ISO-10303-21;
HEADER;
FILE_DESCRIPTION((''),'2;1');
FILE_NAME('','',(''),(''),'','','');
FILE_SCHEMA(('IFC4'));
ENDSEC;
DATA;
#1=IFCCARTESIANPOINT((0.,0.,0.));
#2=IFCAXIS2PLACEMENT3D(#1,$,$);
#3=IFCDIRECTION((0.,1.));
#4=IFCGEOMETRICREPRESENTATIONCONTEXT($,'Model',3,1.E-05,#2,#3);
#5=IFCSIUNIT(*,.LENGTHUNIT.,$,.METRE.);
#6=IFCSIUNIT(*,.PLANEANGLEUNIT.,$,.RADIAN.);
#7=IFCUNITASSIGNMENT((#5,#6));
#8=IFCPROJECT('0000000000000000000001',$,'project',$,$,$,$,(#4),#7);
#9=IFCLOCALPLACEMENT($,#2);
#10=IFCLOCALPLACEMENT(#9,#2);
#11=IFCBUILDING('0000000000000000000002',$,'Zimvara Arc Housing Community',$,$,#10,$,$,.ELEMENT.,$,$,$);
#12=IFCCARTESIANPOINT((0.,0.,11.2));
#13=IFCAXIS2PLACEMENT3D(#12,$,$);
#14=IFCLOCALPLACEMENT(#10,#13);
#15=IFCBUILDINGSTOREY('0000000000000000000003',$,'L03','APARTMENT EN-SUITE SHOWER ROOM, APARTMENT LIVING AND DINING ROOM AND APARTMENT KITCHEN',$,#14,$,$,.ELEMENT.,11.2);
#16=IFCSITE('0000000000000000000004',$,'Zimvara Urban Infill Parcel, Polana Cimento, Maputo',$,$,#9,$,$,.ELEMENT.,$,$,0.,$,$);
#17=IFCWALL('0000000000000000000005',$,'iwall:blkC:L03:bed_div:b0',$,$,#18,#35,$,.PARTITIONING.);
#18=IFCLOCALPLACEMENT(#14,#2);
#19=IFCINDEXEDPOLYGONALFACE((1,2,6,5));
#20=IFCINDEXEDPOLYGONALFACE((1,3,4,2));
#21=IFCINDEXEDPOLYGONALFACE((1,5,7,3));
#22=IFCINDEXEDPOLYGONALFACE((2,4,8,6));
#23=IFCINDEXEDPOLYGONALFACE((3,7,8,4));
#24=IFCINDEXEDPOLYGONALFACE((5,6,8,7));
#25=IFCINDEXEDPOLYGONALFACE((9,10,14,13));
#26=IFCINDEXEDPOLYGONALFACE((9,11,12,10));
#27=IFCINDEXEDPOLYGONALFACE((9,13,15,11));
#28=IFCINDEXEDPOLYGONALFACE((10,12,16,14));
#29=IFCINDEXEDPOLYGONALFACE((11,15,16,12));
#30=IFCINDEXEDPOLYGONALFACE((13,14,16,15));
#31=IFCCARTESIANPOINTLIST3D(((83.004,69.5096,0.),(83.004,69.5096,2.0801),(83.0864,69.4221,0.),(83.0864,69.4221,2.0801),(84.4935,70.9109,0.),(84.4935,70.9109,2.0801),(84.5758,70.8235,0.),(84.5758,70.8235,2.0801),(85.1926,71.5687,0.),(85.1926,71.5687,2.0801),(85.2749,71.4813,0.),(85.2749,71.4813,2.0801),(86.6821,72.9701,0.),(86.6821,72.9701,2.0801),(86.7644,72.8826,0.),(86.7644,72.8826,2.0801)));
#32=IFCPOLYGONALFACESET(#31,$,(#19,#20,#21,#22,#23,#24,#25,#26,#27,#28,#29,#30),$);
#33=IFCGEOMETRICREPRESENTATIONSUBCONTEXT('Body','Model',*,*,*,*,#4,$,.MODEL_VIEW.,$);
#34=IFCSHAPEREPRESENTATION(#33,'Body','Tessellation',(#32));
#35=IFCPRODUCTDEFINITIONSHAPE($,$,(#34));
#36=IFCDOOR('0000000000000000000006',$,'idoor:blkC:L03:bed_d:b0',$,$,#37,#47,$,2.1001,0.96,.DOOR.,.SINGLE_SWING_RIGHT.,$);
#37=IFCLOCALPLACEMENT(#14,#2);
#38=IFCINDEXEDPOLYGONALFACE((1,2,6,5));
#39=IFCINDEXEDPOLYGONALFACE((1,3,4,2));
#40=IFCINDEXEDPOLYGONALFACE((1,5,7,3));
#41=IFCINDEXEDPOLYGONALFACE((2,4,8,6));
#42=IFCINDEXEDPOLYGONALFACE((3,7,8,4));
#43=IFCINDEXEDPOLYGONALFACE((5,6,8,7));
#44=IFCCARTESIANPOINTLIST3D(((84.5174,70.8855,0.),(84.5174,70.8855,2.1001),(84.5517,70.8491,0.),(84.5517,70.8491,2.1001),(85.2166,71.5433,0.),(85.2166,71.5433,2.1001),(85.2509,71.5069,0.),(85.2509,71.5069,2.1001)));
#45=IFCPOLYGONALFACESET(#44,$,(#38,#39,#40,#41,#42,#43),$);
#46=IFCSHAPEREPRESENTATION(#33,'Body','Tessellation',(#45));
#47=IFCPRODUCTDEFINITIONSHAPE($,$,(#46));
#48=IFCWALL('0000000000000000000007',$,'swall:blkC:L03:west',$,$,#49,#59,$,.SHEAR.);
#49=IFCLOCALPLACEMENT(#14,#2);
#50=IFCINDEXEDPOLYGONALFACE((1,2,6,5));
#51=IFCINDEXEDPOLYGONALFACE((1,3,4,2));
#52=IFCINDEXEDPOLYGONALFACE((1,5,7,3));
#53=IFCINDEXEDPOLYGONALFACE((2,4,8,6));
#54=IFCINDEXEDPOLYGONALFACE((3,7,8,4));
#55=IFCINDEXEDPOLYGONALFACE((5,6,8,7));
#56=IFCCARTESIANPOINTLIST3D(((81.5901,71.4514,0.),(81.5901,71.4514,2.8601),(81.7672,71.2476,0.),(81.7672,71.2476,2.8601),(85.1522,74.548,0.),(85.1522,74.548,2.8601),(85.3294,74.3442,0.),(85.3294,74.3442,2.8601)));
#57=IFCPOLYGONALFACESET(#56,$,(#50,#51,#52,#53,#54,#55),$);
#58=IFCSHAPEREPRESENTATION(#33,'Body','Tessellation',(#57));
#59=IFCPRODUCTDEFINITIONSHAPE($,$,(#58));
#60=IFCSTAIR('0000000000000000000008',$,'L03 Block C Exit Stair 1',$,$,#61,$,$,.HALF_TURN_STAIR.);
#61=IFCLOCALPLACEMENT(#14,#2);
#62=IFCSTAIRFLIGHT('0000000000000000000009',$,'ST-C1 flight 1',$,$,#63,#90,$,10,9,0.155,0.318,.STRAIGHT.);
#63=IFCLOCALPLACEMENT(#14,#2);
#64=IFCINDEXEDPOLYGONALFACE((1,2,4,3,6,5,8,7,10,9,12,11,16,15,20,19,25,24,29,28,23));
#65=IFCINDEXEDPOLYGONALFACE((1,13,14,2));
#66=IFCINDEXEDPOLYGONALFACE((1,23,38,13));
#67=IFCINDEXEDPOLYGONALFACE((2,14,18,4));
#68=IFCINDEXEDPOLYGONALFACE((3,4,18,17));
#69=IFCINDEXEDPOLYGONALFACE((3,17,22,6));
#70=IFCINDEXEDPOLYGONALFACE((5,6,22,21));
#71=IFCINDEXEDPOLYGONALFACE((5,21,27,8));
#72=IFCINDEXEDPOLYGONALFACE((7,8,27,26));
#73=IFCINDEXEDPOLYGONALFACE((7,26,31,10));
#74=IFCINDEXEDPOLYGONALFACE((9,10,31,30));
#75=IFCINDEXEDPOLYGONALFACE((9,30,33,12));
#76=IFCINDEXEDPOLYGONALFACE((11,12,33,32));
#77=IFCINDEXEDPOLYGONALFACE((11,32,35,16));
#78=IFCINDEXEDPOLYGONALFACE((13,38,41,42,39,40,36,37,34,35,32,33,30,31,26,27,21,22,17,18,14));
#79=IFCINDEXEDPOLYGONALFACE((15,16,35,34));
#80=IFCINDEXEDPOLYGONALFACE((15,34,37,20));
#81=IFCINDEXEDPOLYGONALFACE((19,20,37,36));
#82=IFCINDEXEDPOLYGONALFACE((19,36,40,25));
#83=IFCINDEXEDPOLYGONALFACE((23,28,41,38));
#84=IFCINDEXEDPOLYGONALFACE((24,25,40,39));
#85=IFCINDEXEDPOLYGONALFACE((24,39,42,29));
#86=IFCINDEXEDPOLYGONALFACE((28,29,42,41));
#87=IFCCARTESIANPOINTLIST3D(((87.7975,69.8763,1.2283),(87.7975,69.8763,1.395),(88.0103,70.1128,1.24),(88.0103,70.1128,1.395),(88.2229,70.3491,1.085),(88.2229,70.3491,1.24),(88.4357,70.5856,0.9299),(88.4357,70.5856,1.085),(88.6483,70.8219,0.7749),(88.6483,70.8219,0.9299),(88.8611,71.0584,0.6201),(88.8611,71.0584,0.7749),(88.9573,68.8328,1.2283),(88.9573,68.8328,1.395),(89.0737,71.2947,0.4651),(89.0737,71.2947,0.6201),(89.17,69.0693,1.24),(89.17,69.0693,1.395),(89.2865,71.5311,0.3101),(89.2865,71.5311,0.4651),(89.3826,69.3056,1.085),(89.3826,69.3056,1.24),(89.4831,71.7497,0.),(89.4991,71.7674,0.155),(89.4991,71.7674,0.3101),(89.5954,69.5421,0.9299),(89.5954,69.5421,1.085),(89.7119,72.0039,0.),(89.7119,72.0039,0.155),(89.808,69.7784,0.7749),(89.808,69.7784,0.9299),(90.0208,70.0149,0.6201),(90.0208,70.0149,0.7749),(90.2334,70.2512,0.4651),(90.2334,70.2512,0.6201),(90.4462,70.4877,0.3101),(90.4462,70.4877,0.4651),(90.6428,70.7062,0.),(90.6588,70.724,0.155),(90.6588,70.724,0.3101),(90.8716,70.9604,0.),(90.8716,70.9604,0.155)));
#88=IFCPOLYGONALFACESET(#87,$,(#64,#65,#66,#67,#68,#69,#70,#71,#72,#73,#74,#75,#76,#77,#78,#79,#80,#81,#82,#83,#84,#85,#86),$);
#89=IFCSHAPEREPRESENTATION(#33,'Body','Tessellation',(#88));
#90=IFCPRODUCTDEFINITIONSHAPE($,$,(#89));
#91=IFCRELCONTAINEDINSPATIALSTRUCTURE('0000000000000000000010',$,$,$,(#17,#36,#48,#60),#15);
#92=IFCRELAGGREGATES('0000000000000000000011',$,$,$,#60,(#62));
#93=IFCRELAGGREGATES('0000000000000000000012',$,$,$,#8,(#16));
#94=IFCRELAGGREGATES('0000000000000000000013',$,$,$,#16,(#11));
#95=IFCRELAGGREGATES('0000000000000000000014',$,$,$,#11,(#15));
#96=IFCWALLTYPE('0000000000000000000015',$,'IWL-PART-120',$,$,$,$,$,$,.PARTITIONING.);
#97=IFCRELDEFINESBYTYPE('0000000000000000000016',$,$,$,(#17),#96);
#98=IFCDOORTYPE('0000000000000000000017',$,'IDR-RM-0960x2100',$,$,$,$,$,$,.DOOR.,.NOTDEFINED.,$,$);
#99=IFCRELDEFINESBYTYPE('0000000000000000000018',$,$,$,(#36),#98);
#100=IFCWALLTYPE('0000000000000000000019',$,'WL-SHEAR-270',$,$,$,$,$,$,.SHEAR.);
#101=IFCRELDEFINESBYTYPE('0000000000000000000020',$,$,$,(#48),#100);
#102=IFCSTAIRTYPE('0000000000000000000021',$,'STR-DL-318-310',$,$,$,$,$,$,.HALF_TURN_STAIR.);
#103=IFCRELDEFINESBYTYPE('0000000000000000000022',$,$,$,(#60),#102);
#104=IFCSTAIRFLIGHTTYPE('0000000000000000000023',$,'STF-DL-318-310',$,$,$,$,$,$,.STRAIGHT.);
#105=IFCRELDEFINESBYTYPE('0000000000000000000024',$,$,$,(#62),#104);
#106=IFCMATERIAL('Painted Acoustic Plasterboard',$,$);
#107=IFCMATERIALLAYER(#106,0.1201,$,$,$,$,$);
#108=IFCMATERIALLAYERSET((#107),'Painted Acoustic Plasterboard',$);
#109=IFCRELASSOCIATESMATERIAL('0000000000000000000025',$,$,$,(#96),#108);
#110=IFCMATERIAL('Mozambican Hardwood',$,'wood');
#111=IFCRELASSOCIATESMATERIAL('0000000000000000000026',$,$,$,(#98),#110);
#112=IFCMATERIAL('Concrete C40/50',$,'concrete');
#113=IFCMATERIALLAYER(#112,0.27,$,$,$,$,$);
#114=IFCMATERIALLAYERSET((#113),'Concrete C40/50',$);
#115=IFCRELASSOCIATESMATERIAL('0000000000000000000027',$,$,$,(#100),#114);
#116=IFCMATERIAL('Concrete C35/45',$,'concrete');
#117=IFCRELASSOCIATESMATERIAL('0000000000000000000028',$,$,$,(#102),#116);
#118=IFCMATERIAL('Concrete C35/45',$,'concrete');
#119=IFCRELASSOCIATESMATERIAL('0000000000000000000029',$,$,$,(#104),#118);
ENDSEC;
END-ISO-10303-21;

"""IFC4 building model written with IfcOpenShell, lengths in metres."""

from ifc_helpers import new_model, si_unit, direction, frame, frame_2d, origin, place, context, subcontext, project, spatial, polyline, rectangle, outline, extrude, material, layer, layer_set, type_object, element, fill, aggregate, save


model = new_model("IFC4")

# Units and contexts
model_context = context("Model", 3, precision=1e-05, world=origin(), true_north=direction((0.0, 1.0)))
body_context = subcontext(model_context, "Body", "Model", "MODEL_VIEW")
ifc_project = project(units=[si_unit("LENGTHUNIT", "METRE"), si_unit("PLANEANGLEUNIT", "RADIAN")], contexts=[model_context])

# Site, building, storey
site_placement = place(None, origin())
site = spatial("IfcSite", under=ifc_project, at=site_placement, Name="Zimvara Urban Infill Parcel, Polana Cimento, Maputo", CompositionType="ELEMENT", RefElevation=0.0)
building_placement = place(site_placement, origin())
building = spatial("IfcBuilding", under=site, at=building_placement, Name="Zimvara Arc Housing Community", CompositionType="ELEMENT")
storey_placement = place(building_placement, frame((0.0, 0.0, 11.2)))
storey = spatial("IfcBuildingStorey", under=building, at=storey_placement, Name="L03", Description="APARTMENT EN-SUITE SHOWER ROOM, APARTMENT LIVING AND DINING ROOM AND APARTMENT KITCHEN", CompositionType="ELEMENT", Elevation=11.2)

# Wall, opening, door
ifc_material_1 = material(Name="Painted Acoustic Plasterboard")
ifc_layer_1 = layer(ifc_material_1, 0.1201)
ifc_layer_set_1 = layer_set([ifc_layer_1], Name="Painted Acoustic Plasterboard")
wall_type_1 = type_object("IfcWallType", Name="IWL-PART-120", PredefinedType="PARTITIONING", material=ifc_layer_set_1)
wall_1_placement = place(storey_placement, frame((86.7231, 72.9263, 0.0), z_axis=(0.0, 0.0, 1.0), x_axis=(-0.728316, -0.685241, 0.0)))
wall_1 = element("IfcWall", 1, at=wall_1_placement, inside=storey, type_object=wall_type_1, Name="iwall:blkC:L03:bed_div:b0", PredefinedType="PARTITIONING", context=body_context, shape_type="SweptSolid", body=[
    extrude(rectangle(XDim=5.05, YDim=0.1201, at=frame_2d((2.5249, 0.0))), origin(), (0.0, 0.0, 1.0), 2.0801),
])
opening_1_placement = place(wall_1_placement, frame((2.0449, 0.0, 0.0)))
opening_1 = element("IfcOpeningElement", 2, at=opening_1_placement, cuts=wall_1, PredefinedType="OPENING", context=body_context, shape_type="SweptSolid", body=[
    extrude(rectangle(XDim=0.96, YDim=2.1001, at=frame_2d((0.48, 1.05))), frame((0.0, 0.0701, 0.0), z_axis=(0.0, -1.0, 0.0), x_axis=(1.0, 0.0, 0.0)), (0.0, 0.0, 1.0), 0.1401),
])
ifc_material_2 = material(Name="Mozambican Hardwood", Category="wood")
door_type_1 = type_object("IfcDoorType", Name="IDR-RM-0960x2100", OperationType="NOTDEFINED", PredefinedType="DOOR", material=ifc_material_2)
door_1_placement = place(opening_1_placement, origin())
door_1 = element("IfcDoor", 3, at=door_1_placement, inside=storey, type_object=door_type_1, Name="idoor:blkC:L03:bed_d:b0", OperationType="SINGLE_SWING_RIGHT", OverallHeight=2.1001, OverallWidth=0.96, PredefinedType="DOOR", context=body_context, shape_type="SweptSolid", body=[
    extrude(rectangle(XDim=0.96, YDim=2.1001, at=frame_2d((0.48, 1.05))), frame((0.0, 0.0249, 0.0), z_axis=(0.0, -1.0, 0.0), x_axis=(1.0, 0.0, 0.0)), (0.0, 0.0, 1.0), 0.05),
])
fill(opening_1, door_1)

# Wall
ifc_material_3 = material(Name="Concrete C40/50", Category="concrete")
ifc_layer_2 = layer(ifc_material_3, 0.27)
ifc_layer_set_2 = layer_set([ifc_layer_2], Name="Concrete C40/50")
wall_type_2 = type_object("IfcWallType", Name="WL-SHEAR-270", PredefinedType="SHEAR", material=ifc_layer_set_2)
wall_2_placement = place(storey_placement, frame((85.2407, 74.446, 0.0), z_axis=(0.0, 0.0, 1.0), x_axis=(-0.754704, -0.656066, 0.0)))
element("IfcWall", 4, at=wall_2_placement, inside=storey, type_object=wall_type_2, Name="swall:blkC:L03:west", PredefinedType="SHEAR", context=body_context, shape_type="SweptSolid", body=[
    extrude(rectangle(XDim=4.72, YDim=0.27, at=frame_2d((2.3599, 0.0))), origin(), (0.0, 0.0, 1.0), 2.8601),
])

# Stair, stair flight
ifc_material_4 = material(Name="Concrete C35/45", Category="concrete")
stair_type = type_object("IfcStairType", Name="STR-DL-318-310", PredefinedType="HALF_TURN_STAIR", material=ifc_material_4)
stair_placement = place(storey_placement, origin())
stair = element("IfcStair", 5, at=stair_placement, inside=storey, type_object=stair_type, Name="L03 Block C Exit Stair 1", PredefinedType="HALF_TURN_STAIR")
ifc_material_5 = material(Name="Concrete C35/45", Category="concrete")
stair_flight_type = type_object("IfcStairFlightType", Name="STF-DL-318-310", PredefinedType="STRAIGHT", material=ifc_material_5)
stair_flight_placement = place(storey_placement, frame((90.2917, 71.4822, 0.0), z_axis=(0.0, 0.0, 1.0), x_axis=(-0.668871, -0.743378, 0.0)))
stair_flight = element("IfcStairFlight", 6, at=stair_flight_placement, type_object=stair_flight_type, Name="ST-C1 flight 1", NumberOfRisers=10, NumberOfTreads=9, PredefinedType="STRAIGHT", RiserHeight=0.155, TreadLength=0.318, context=body_context, shape_type="SweptSolid", body=[
    extrude(outline(polyline([(0.0, 0.0), (0.0, 0.155), (0.3181, 0.155), (0.3181, 0.3101), (0.636, 0.3101), (0.636, 0.4651), (0.9541, 0.4651), (0.9541, 0.6201), (1.272, 0.6201), (1.272, 0.7749), (1.5901, 0.7749), (1.5901, 0.9299), (1.908, 0.9299), (1.908, 1.085), (2.2261, 1.085), (2.2261, 1.24), (2.5439, 1.24), (2.5439, 1.395), (2.8621, 1.395), (2.8621, 1.55), (2.8621, 1.2283), (0.342, 0.0), (0.0, 0.0)])), frame((0.0, 0.78, 0.0), z_axis=(0.0, -1.0, 0.0), x_axis=(1.0, 0.0, 0.0)), (0.0, 0.0, 1.0), 1.5601),
])
aggregate(stair, [stair_flight])

save(model, "model.ifc")
